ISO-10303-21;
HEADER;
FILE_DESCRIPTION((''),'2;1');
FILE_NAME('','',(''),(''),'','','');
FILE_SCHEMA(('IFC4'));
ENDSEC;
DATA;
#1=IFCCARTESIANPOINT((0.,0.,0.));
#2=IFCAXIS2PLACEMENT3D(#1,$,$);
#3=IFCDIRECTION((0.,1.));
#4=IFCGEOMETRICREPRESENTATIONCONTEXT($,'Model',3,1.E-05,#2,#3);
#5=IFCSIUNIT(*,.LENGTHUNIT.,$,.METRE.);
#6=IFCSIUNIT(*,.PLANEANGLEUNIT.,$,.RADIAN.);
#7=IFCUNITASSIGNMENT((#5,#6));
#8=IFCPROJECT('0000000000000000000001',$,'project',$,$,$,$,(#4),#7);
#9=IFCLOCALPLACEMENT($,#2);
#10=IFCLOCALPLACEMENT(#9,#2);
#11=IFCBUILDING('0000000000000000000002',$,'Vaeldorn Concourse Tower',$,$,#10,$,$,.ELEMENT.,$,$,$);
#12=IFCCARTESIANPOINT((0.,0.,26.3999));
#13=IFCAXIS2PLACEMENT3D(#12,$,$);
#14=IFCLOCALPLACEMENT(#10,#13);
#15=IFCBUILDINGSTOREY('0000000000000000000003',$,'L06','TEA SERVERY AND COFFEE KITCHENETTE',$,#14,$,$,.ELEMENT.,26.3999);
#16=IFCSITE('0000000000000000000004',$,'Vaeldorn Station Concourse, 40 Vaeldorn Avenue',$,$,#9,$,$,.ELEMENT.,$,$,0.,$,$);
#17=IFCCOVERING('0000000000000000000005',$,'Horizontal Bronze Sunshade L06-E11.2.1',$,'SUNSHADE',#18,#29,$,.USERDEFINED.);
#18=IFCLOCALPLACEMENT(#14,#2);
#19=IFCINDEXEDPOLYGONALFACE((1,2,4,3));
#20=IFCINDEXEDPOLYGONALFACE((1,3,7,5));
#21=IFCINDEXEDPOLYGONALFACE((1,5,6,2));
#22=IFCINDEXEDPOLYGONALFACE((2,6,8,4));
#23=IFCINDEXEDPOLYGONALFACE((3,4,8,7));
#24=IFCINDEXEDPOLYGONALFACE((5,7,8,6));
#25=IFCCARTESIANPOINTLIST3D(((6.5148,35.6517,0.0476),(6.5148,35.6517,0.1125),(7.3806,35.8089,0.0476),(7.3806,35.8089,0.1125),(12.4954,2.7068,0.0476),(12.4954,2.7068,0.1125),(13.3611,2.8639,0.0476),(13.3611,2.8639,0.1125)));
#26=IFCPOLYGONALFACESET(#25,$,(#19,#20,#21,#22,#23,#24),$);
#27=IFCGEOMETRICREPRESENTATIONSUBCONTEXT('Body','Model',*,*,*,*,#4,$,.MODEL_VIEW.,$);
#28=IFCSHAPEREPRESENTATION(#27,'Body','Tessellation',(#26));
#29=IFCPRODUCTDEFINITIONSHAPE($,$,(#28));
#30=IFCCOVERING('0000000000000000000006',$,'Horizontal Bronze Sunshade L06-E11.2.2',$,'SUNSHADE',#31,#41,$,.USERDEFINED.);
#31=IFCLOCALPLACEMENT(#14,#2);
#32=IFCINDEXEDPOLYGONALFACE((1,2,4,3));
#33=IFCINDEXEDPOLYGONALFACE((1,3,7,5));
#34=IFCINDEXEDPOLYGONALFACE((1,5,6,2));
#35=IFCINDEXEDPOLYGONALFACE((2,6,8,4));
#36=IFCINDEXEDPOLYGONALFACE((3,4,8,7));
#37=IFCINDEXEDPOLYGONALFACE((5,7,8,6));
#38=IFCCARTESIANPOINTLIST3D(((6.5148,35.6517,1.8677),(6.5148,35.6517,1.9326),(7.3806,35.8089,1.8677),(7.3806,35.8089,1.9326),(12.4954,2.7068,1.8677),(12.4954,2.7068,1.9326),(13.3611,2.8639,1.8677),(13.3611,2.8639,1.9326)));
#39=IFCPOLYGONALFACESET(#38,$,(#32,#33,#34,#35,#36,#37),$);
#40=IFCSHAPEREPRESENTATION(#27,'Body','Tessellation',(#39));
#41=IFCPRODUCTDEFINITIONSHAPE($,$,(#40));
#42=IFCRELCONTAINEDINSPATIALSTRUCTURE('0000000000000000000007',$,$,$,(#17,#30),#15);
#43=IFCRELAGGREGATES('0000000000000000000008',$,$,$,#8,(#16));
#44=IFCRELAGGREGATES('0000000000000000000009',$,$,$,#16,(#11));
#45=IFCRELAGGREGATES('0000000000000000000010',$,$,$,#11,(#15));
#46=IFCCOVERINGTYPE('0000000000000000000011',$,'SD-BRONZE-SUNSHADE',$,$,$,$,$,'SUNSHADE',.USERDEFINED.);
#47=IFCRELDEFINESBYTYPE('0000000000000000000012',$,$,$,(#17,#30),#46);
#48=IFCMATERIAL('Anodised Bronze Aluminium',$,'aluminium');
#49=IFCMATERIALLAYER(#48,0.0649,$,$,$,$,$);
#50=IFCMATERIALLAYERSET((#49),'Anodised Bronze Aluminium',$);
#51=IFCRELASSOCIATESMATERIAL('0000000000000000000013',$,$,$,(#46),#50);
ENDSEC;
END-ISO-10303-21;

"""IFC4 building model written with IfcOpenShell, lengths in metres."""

from ifc_helpers import new_model, si_unit, direction, frame, origin, origin_2d, place, context, subcontext, project, spatial, rectangle, extrude, source, transform, mapped, material, layer, layer_set, type_object, element, save


model = new_model("IFC4")

# Units and contexts
model_context = context("Model", 3, precision=1e-05, world=origin(), true_north=direction((0.0, 1.0)))
body_context = subcontext(model_context, "Body", "Model", "MODEL_VIEW")
ifc_project = project(units=[si_unit("LENGTHUNIT", "METRE"), si_unit("PLANEANGLEUNIT", "RADIAN")], contexts=[model_context])

# Site, building, storey
site_placement = place(None, origin())
site = spatial("IfcSite", under=ifc_project, at=site_placement, Name="Vaeldorn Station Concourse, 40 Vaeldorn Avenue", CompositionType="ELEMENT", RefElevation=0.0)
building_placement = place(site_placement, origin())
building = spatial("IfcBuilding", under=site, at=building_placement, Name="Vaeldorn Concourse Tower", CompositionType="ELEMENT")
storey_placement = place(building_placement, frame((0.0, 0.0, 26.3999)))
storey = spatial("IfcBuildingStorey", under=building, at=storey_placement, Name="L06", Description="TEA SERVERY AND COFFEE KITCHENETTE", CompositionType="ELEMENT", Elevation=26.3999)

# Shared definitions
ifc_material_1 = material(Name="Anodised Bronze Aluminium", Category="aluminium")

# Coverings
ifc_layer_1 = layer(ifc_material_1, 0.0649)
ifc_layer_set_1 = layer_set([ifc_layer_1], Name="Anodised Bronze Aluminium")
covering_type = type_object("IfcCoveringType", Name="SD-BRONZE-SUNSHADE", ElementType="SUNSHADE", PredefinedType="USERDEFINED", material=ifc_layer_set_1)
shared_shape_1 = source(origin(), body_context, "Body", "SweptSolid", [
    extrude(rectangle(XDim=33.4834, YDim=0.8799, at=origin_2d()), origin(), (0.0, 0.0, 1.0), 0.0649),
])
for number, where, z_axis, x_axis, name in (
    (1, (9.938, 19.2578, 0.0476), (0.0, 0.0, 1.0), (0.178613, -0.983919, 0.0), "Horizontal Bronze Sunshade L06-E11.2.1"),
    (2, (9.938, 19.2578, 1.8677), (0.0, 0.0, 1.0), (0.178613, -0.983919, 0.0), "Horizontal Bronze Sunshade L06-E11.2.2"),
):
    element("IfcCovering", number, at=place(storey_placement, frame(where, z_axis=z_axis, x_axis=x_axis)), inside=storey, type_object=covering_type, Name=name, ObjectType="SUNSHADE", PredefinedType="USERDEFINED", context=body_context, shape_type="MappedRepresentation", body=[
        mapped(shared_shape_1, transform((0.0, 0.0, 0.0), scale=1.0)),
    ])

save(model, "model.ifc")
